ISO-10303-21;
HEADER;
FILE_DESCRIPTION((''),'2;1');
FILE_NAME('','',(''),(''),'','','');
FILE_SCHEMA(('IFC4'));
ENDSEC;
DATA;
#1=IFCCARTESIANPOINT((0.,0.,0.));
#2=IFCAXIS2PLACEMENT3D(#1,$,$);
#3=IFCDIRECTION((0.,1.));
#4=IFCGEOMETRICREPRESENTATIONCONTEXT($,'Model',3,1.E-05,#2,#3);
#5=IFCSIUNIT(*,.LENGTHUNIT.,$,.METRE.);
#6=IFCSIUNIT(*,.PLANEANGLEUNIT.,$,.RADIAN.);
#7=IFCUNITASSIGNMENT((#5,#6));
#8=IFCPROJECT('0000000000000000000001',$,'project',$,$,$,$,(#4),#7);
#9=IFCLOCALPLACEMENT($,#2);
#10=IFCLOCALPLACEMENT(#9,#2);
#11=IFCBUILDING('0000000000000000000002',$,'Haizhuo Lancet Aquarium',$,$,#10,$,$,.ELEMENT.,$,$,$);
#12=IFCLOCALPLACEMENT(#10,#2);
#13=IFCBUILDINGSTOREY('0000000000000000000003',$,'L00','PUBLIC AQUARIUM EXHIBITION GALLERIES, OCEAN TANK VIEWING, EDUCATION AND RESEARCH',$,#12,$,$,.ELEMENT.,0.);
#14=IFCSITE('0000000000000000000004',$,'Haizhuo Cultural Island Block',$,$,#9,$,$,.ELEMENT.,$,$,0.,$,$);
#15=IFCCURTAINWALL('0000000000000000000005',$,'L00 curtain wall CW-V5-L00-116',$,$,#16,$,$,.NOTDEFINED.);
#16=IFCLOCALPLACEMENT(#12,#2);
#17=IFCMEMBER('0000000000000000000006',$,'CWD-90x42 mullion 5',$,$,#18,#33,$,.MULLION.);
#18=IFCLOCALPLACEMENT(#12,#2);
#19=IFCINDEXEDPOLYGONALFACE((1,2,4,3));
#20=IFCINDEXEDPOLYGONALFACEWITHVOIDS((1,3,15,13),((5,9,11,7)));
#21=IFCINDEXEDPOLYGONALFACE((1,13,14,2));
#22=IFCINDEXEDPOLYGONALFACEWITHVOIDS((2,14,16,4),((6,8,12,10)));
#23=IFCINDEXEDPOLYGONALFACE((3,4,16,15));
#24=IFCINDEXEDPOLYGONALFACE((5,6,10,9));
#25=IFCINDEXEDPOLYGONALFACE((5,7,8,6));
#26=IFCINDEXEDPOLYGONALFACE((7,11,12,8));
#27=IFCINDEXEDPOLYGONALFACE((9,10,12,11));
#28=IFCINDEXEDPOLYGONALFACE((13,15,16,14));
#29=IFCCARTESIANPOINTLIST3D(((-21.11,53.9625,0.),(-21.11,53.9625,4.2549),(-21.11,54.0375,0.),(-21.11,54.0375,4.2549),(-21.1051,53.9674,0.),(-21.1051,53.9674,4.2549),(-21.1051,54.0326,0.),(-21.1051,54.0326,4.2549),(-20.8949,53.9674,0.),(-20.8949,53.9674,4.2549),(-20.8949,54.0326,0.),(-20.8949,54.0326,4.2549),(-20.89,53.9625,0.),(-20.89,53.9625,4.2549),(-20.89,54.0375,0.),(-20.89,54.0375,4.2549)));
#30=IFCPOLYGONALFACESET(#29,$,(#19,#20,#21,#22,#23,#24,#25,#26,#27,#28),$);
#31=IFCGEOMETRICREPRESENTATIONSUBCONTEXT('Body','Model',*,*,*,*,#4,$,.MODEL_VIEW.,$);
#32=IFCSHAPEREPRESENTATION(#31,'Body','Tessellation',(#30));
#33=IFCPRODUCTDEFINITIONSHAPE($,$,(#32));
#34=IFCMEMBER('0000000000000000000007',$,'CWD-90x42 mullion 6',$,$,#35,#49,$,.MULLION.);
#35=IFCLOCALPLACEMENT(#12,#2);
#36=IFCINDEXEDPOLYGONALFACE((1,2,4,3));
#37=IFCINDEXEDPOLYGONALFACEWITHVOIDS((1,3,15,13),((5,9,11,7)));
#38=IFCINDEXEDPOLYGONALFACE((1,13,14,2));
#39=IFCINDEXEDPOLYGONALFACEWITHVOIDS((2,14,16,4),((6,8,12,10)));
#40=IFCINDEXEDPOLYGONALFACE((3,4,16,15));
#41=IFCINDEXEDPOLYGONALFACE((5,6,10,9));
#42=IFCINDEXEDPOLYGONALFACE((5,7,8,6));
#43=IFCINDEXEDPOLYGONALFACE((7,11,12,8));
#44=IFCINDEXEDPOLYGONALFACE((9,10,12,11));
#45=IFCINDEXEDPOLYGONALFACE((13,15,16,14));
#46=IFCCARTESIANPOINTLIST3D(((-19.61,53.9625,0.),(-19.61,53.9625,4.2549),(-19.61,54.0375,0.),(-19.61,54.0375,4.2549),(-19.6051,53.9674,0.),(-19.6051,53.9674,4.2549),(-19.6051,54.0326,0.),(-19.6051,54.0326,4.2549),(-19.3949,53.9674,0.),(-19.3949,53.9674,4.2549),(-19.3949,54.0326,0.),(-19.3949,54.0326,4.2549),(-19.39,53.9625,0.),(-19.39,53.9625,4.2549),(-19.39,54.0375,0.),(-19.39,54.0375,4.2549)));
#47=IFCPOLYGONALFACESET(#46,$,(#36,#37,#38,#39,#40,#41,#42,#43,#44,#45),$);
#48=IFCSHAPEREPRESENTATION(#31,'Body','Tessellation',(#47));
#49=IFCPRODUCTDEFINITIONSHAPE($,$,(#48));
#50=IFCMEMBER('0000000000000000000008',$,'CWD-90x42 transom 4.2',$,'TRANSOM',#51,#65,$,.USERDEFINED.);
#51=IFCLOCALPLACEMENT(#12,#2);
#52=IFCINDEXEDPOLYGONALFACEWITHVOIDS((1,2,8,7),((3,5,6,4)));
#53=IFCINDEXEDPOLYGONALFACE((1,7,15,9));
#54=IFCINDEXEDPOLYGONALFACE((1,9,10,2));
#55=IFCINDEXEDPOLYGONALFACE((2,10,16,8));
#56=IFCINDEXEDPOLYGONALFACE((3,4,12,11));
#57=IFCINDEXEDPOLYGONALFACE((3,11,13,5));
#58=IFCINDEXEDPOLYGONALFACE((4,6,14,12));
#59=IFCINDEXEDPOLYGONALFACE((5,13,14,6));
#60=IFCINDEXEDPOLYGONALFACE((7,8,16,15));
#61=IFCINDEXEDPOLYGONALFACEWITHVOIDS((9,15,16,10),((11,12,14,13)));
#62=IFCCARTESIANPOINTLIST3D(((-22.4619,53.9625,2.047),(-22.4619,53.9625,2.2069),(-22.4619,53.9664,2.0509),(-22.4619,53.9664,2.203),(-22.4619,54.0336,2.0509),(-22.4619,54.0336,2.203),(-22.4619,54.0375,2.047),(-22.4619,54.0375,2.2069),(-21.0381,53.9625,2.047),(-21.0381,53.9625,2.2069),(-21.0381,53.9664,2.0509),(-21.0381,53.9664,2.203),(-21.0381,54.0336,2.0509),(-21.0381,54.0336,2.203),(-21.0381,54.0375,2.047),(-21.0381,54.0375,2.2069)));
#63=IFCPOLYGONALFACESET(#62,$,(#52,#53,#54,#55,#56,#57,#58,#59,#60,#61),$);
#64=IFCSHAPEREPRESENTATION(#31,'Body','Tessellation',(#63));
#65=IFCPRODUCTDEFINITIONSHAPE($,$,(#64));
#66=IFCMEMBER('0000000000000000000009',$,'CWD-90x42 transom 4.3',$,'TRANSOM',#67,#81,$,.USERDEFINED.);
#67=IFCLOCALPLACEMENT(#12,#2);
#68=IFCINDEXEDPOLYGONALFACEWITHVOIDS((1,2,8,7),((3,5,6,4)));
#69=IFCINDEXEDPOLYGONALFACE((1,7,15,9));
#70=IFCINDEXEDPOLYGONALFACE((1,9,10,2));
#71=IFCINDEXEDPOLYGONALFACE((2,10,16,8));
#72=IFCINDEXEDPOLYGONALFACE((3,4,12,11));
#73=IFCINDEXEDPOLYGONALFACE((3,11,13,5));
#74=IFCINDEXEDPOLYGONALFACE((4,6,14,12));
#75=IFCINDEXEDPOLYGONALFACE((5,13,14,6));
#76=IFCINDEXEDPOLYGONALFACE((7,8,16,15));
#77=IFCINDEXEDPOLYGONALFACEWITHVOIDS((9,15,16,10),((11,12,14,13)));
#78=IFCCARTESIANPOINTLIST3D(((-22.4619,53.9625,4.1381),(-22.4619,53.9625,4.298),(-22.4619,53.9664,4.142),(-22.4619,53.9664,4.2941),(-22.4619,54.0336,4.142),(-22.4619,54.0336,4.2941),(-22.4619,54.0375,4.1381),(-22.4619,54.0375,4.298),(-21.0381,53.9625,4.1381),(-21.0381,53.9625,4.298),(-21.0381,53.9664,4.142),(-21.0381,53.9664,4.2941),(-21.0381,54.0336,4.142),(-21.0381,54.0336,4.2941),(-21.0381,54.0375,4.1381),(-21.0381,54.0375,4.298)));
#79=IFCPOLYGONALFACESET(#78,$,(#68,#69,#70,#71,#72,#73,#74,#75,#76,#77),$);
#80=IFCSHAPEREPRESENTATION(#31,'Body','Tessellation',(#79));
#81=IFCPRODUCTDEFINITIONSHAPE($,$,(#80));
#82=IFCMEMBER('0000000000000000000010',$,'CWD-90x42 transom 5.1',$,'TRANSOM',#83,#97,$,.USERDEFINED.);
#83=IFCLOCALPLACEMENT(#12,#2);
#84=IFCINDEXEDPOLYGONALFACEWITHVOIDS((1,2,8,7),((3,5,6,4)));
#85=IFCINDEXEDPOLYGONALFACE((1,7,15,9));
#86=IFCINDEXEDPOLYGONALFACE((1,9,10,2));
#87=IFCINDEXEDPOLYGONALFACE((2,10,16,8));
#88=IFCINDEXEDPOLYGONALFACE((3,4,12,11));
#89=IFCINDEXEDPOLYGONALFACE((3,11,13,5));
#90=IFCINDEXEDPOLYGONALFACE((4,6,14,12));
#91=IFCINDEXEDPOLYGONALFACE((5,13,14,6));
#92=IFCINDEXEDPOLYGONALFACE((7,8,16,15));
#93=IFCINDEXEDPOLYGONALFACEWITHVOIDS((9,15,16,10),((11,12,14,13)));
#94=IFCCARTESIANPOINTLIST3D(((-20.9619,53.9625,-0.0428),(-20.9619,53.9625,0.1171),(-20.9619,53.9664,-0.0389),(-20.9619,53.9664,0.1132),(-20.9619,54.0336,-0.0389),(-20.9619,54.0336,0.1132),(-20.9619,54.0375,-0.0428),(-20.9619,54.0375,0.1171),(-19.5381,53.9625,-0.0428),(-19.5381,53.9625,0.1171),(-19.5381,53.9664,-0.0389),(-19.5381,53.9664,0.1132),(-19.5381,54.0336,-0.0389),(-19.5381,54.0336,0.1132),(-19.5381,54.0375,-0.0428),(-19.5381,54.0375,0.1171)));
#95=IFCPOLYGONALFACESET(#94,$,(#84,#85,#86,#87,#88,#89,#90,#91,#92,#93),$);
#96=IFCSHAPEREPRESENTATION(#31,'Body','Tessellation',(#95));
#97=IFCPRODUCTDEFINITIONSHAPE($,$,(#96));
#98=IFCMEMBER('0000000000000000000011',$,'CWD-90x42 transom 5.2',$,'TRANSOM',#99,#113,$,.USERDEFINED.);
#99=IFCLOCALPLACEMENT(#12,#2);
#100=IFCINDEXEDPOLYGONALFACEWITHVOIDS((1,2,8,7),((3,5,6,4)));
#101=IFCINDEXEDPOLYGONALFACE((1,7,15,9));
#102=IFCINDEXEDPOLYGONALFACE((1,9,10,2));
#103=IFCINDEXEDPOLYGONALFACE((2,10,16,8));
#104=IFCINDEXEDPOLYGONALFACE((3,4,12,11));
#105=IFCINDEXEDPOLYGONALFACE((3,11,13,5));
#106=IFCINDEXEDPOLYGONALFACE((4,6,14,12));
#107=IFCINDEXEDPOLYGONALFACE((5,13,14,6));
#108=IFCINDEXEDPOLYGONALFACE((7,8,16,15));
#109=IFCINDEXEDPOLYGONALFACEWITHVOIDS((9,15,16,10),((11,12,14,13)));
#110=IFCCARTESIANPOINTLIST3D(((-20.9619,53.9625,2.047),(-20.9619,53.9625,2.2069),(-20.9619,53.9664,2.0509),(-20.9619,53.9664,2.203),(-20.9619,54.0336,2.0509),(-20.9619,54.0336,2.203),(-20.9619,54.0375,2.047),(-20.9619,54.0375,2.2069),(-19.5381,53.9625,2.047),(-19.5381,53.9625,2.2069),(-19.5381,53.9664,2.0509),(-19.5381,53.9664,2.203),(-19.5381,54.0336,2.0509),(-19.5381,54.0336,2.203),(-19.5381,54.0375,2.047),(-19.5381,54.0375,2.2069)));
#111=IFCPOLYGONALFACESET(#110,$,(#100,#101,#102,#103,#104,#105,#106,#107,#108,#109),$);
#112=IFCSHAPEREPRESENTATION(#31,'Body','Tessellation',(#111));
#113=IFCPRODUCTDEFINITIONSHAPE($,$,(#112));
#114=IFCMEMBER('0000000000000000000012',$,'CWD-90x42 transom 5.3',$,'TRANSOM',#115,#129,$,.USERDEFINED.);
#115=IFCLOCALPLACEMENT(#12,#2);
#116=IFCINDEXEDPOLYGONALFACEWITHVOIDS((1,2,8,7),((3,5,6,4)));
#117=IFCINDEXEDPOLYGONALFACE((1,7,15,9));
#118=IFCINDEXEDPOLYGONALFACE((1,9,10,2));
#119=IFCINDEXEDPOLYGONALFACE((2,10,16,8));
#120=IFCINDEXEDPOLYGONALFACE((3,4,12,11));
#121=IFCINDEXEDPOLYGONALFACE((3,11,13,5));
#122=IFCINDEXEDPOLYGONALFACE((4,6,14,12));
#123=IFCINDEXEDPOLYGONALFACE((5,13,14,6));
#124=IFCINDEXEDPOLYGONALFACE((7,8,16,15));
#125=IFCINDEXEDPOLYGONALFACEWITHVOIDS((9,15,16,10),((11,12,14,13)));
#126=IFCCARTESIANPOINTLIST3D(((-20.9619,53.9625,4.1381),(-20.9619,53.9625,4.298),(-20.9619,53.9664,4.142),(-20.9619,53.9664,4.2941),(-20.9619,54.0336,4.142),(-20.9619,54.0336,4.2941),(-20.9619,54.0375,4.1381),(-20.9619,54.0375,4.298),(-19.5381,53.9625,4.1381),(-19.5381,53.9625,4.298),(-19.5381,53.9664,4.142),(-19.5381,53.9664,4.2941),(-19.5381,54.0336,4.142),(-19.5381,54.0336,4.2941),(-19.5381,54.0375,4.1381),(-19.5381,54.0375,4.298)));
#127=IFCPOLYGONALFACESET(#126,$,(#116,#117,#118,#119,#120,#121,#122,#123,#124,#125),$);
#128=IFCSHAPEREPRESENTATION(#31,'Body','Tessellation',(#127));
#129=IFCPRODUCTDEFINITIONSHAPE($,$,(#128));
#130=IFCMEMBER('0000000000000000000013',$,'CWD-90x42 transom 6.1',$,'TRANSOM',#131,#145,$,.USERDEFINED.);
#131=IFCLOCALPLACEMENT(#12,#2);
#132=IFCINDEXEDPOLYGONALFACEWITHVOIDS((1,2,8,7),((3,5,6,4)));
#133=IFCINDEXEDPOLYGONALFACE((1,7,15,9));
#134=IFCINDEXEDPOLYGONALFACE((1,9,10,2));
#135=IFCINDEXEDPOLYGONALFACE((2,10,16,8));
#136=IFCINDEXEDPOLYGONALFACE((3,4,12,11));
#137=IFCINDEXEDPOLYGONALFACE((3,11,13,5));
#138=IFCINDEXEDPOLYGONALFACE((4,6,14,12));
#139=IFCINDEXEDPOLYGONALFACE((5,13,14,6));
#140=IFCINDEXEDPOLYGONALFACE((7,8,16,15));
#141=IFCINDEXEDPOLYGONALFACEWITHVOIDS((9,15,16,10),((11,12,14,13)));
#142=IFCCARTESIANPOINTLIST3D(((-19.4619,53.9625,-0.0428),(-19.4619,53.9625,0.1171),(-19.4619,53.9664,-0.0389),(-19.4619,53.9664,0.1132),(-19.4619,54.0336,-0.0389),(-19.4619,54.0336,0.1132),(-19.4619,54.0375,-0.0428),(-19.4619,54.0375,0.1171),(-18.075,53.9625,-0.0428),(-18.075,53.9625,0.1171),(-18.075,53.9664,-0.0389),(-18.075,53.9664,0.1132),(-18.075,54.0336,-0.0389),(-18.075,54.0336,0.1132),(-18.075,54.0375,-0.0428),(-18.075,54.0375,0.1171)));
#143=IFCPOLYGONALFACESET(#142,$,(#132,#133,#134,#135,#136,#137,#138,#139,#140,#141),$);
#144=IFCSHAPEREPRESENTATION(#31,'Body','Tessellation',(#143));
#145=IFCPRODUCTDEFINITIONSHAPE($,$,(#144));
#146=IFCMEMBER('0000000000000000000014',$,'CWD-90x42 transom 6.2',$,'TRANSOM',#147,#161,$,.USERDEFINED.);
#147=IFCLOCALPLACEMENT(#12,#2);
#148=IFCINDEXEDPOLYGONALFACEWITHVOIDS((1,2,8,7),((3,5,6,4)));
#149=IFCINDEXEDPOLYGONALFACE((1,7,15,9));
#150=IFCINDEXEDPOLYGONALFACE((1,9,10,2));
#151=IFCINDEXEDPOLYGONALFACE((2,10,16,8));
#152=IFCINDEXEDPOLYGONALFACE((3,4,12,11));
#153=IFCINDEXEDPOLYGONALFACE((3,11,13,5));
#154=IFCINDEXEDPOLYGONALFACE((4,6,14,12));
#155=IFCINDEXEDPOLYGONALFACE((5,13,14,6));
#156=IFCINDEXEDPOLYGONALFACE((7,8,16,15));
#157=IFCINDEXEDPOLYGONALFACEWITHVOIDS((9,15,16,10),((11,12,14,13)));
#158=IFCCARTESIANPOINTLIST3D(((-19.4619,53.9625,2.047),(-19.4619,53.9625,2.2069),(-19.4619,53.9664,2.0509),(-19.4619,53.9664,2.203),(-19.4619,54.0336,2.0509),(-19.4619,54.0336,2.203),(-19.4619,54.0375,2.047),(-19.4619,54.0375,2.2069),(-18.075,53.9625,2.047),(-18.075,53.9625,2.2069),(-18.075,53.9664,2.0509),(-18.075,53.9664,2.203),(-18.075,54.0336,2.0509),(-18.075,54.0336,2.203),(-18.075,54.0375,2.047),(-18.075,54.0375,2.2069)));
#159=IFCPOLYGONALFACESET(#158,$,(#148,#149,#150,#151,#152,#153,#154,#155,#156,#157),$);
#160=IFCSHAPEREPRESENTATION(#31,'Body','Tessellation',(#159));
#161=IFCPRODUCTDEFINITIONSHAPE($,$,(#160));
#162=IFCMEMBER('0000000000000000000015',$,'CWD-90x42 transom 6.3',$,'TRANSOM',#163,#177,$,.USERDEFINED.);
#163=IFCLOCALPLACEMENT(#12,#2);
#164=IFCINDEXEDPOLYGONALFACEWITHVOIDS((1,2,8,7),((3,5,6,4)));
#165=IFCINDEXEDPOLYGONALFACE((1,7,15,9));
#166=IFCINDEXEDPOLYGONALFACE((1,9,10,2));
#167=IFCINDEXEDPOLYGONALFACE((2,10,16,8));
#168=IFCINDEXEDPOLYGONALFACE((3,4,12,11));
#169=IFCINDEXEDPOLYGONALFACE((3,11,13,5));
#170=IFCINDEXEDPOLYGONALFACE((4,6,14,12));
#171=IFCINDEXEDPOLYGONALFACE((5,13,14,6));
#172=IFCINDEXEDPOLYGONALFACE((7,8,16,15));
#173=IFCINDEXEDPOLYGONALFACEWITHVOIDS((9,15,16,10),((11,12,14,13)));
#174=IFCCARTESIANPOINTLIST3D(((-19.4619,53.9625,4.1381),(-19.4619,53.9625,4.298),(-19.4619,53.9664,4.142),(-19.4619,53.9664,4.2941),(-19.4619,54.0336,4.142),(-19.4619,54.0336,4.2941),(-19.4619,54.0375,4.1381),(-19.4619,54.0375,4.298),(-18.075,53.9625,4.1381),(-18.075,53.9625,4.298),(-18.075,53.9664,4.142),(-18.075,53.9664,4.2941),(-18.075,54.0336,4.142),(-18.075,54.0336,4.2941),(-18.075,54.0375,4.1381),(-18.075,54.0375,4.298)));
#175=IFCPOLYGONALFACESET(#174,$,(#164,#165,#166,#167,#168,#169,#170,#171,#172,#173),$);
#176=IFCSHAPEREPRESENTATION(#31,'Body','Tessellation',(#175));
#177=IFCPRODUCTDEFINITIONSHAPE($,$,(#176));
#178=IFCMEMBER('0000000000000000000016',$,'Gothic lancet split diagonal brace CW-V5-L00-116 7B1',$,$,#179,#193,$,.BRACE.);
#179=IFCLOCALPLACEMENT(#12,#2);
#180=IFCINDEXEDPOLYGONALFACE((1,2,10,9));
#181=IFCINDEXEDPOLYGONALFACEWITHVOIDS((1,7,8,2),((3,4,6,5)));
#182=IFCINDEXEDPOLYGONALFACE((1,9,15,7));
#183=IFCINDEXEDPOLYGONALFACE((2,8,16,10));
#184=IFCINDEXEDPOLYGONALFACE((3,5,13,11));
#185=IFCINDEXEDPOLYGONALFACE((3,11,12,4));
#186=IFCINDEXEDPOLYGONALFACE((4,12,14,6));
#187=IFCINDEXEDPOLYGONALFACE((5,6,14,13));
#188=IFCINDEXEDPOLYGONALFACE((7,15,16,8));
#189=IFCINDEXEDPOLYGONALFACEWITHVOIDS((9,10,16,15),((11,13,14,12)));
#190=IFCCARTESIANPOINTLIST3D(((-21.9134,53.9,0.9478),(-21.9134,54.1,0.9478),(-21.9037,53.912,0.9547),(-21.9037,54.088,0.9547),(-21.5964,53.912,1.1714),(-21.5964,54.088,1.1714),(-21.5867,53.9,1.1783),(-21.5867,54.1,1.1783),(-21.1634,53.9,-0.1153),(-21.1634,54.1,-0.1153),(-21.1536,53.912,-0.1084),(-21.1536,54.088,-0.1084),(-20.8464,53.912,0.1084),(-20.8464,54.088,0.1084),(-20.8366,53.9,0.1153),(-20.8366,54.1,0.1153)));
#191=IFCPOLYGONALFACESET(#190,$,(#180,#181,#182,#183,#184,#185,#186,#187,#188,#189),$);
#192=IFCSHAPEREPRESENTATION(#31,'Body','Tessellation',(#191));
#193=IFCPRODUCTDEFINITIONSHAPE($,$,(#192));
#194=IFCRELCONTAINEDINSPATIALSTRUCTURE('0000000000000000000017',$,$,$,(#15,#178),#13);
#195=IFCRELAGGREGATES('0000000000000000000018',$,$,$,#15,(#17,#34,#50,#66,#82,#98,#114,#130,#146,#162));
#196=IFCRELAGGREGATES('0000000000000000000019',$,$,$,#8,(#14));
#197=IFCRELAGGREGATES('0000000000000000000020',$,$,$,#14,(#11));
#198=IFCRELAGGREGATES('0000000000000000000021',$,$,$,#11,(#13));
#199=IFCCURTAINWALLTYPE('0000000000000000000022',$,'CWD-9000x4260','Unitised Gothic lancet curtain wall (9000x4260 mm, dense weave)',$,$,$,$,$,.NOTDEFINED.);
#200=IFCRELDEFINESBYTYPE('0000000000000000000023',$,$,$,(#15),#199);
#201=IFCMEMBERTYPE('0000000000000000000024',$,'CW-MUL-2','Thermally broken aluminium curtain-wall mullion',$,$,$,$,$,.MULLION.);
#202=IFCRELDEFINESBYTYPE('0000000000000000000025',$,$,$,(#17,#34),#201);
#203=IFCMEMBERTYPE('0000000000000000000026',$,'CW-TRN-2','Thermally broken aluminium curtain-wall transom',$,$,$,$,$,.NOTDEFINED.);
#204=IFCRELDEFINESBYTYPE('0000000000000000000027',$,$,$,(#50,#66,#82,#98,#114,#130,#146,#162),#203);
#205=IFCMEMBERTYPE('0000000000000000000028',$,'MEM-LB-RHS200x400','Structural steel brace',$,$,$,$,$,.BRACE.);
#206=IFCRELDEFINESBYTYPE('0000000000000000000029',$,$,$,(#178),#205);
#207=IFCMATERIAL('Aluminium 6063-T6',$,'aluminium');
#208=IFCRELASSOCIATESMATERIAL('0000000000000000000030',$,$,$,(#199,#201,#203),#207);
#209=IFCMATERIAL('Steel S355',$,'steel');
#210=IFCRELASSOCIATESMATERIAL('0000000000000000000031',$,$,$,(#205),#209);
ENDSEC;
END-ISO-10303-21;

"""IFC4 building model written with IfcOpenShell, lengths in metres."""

from ifc_helpers import new_model, si_unit, direction, frame, origin, origin_2d, place, context, subcontext, project, spatial, hollow_rectangle, extrude, material, material_profile, profile_set, type_object, element, aggregate, save


model = new_model("IFC4")

# Units and contexts
model_context = context("Model", 3, precision=1e-05, world=origin(), true_north=direction((0.0, 1.0)))
body_context = subcontext(model_context, "Body", "Model", "MODEL_VIEW")
ifc_project = project(units=[si_unit("LENGTHUNIT", "METRE"), si_unit("PLANEANGLEUNIT", "RADIAN")], contexts=[model_context])

# Site, building, storey
site_placement = place(None, origin())
site = spatial("IfcSite", under=ifc_project, at=site_placement, Name="Haizhuo Cultural Island Block", CompositionType="ELEMENT", RefElevation=0.0)
building_placement = place(site_placement, origin())
building = spatial("IfcBuilding", under=site, at=building_placement, Name="Haizhuo Lancet Aquarium", CompositionType="ELEMENT")
storey_placement = place(building_placement, origin())
storey = spatial("IfcBuildingStorey", under=building, at=storey_placement, Name="L00", Description="PUBLIC AQUARIUM EXHIBITION GALLERIES, OCEAN TANK VIEWING, EDUCATION AND RESEARCH", CompositionType="ELEMENT", Elevation=0.0)

# Curtain wall, members
ifc_material_1 = material(Name="Aluminium 6063-T6", Category="aluminium")
curtain_wall_type = type_object("IfcCurtainWallType", Name="CWD-9000x4260", Description="Unitised Gothic lancet curtain wall (9000x4260 mm, dense weave)", PredefinedType="NOTDEFINED", material=ifc_material_1)
curtain_wall_placement = place(storey_placement, origin())
curtain_wall = element("IfcCurtainWall", 1, at=curtain_wall_placement, inside=storey, type_object=curtain_wall_type, Name="L00 curtain wall CW-V5-L00-116", PredefinedType="NOTDEFINED")
ifc_material_profile_1 = material_profile(ifc_material_1, hollow_rectangle(XDim=0.075, YDim=0.22, WallThickness=0.0049, at=origin_2d()), Name="ALU-M 75x220x5")
ifc_profile_set_1 = profile_set([ifc_material_profile_1], Name="Aluminium 6063-T6")
member_type_1 = type_object("IfcMemberType", Name="CW-MUL-2", Description="Thermally broken aluminium curtain-wall mullion", PredefinedType="MULLION", material=ifc_profile_set_1)
member_1_placement = place(storey_placement, frame((-21.0, 54.0, 0.0), z_axis=(0.0, 0.0, 1.0), x_axis=(0.0, 1.0, 0.0)))
member_1 = element("IfcMember", 2, at=member_1_placement, type_object=member_type_1, Name="CWD-90x42 mullion 5", PredefinedType="MULLION", context=body_context, shape_type="SweptSolid", body=[
    extrude(hollow_rectangle(XDim=0.075, YDim=0.22, WallThickness=0.0049, at=origin_2d()), origin(), (0.0, 0.0, 1.0), 4.2549),
])
member_2_placement = place(storey_placement, frame((-19.5, 54.0, 0.0), z_axis=(0.0, 0.0, 1.0), x_axis=(0.0, 1.0, 0.0)))
member_2 = element("IfcMember", 3, at=member_2_placement, type_object=member_type_1, Name="CWD-90x42 mullion 6", PredefinedType="MULLION", context=body_context, shape_type="SweptSolid", body=[
    extrude(hollow_rectangle(XDim=0.075, YDim=0.22, WallThickness=0.0049, at=origin_2d()), origin(), (0.0, 0.0, 1.0), 4.2549),
])
ifc_material_profile_2 = material_profile(ifc_material_1, hollow_rectangle(XDim=0.075, YDim=0.1599, WallThickness=0.0039, at=origin_2d()), Name="ALU-T 75x160x4")
ifc_profile_set_2 = profile_set([ifc_material_profile_2], Name="Aluminium 6063-T6")
member_type_2 = type_object("IfcMemberType", Name="CW-TRN-2", Description="Thermally broken aluminium curtain-wall transom", PredefinedType="NOTDEFINED", material=ifc_profile_set_2)
member_3_placement = place(storey_placement, frame((-22.4619, 54.0, 2.127), z_axis=(1.0, 0.0, 0.0), x_axis=(0.0, 1.0, 0.0)))
member_3 = element("IfcMember", 4, at=member_3_placement, type_object=member_type_2, Name="CWD-90x42 transom 4.2", ObjectType="TRANSOM", PredefinedType="USERDEFINED", context=body_context, shape_type="SweptSolid", body=[
    extrude(hollow_rectangle(XDim=0.075, YDim=0.1599, WallThickness=0.0039, at=origin_2d()), origin(), (0.0, 0.0, 1.0), 1.4238),
])
member_4_placement = place(storey_placement, frame((-22.4619, 54.0, 4.218), z_axis=(1.0, 0.0, 0.0), x_axis=(0.0, 1.0, 0.0)))
member_4 = element("IfcMember", 5, at=member_4_placement, type_object=member_type_2, Name="CWD-90x42 transom 4.3", ObjectType="TRANSOM", PredefinedType="USERDEFINED", context=body_context, shape_type="SweptSolid", body=[
    extrude(hollow_rectangle(XDim=0.075, YDim=0.1599, WallThickness=0.0039, at=origin_2d()), origin(), (0.0, 0.0, 1.0), 1.4238),
])
member_5_placement = place(storey_placement, frame((-20.9619, 54.0, 0.0371), z_axis=(1.0, 0.0, 0.0), x_axis=(0.0, 1.0, 0.0)))
member_5 = element("IfcMember", 6, at=member_5_placement, type_object=member_type_2, Name="CWD-90x42 transom 5.1", ObjectType="TRANSOM", PredefinedType="USERDEFINED", context=body_context, shape_type="SweptSolid", body=[
    extrude(hollow_rectangle(XDim=0.075, YDim=0.1599, WallThickness=0.0039, at=origin_2d()), origin(), (0.0, 0.0, 1.0), 1.4238),
])
member_6_placement = place(storey_placement, frame((-20.9619, 54.0, 2.127), z_axis=(1.0, 0.0, 0.0), x_axis=(0.0, 1.0, 0.0)))
member_6 = element("IfcMember", 7, at=member_6_placement, type_object=member_type_2, Name="CWD-90x42 transom 5.2", ObjectType="TRANSOM", PredefinedType="USERDEFINED", context=body_context, shape_type="SweptSolid", body=[
    extrude(hollow_rectangle(XDim=0.075, YDim=0.1599, WallThickness=0.0039, at=origin_2d()), origin(), (0.0, 0.0, 1.0), 1.4238),
])
member_7_placement = place(storey_placement, frame((-20.9619, 54.0, 4.218), z_axis=(1.0, 0.0, 0.0), x_axis=(0.0, 1.0, 0.0)))
member_7 = element("IfcMember", 8, at=member_7_placement, type_object=member_type_2, Name="CWD-90x42 transom 5.3", ObjectType="TRANSOM", PredefinedType="USERDEFINED", context=body_context, shape_type="SweptSolid", body=[
    extrude(hollow_rectangle(XDim=0.075, YDim=0.1599, WallThickness=0.0039, at=origin_2d()), origin(), (0.0, 0.0, 1.0), 1.4238),
])
member_8_placement = place(storey_placement, frame((-19.4619, 54.0, 0.0371), z_axis=(1.0, 0.0, 0.0), x_axis=(0.0, 1.0, 0.0)))
member_8 = element("IfcMember", 9, at=member_8_placement, type_object=member_type_2, Name="CWD-90x42 transom 6.1", ObjectType="TRANSOM", PredefinedType="USERDEFINED", context=body_context, shape_type="SweptSolid", body=[
    extrude(hollow_rectangle(XDim=0.075, YDim=0.1599, WallThickness=0.0039, at=origin_2d()), origin(), (0.0, 0.0, 1.0), 1.387),
])
member_9_placement = place(storey_placement, frame((-19.4619, 54.0, 2.127), z_axis=(1.0, 0.0, 0.0), x_axis=(0.0, 1.0, 0.0)))
member_9 = element("IfcMember", 10, at=member_9_placement, type_object=member_type_2, Name="CWD-90x42 transom 6.2", ObjectType="TRANSOM", PredefinedType="USERDEFINED", context=body_context, shape_type="SweptSolid", body=[
    extrude(hollow_rectangle(XDim=0.075, YDim=0.1599, WallThickness=0.0039, at=origin_2d()), origin(), (0.0, 0.0, 1.0), 1.387),
])
member_10_placement = place(storey_placement, frame((-19.4619, 54.0, 4.218), z_axis=(1.0, 0.0, 0.0), x_axis=(0.0, 1.0, 0.0)))
member_10 = element("IfcMember", 11, at=member_10_placement, type_object=member_type_2, Name="CWD-90x42 transom 6.3", ObjectType="TRANSOM", PredefinedType="USERDEFINED", context=body_context, shape_type="SweptSolid", body=[
    extrude(hollow_rectangle(XDim=0.075, YDim=0.1599, WallThickness=0.0039, at=origin_2d()), origin(), (0.0, 0.0, 1.0), 1.387),
])

# Member
ifc_material_2 = material(Name="Steel S355", Category="steel")
ifc_material_profile_3 = material_profile(ifc_material_2, hollow_rectangle(XDim=0.2, YDim=0.3999, WallThickness=0.012, at=origin_2d()), Name="RHS 200x400x12")
ifc_profile_set_3 = profile_set([ifc_material_profile_3], Name="Steel S355")
member_type_3 = type_object("IfcMemberType", Name="MEM-LB-RHS200x400", Description="Structural steel brace", PredefinedType="BRACE", material=ifc_profile_set_3)
member_11_placement = place(storey_placement, frame((-21.0, 54.0, 0.0), z_axis=(-0.576506, 0.0, 0.817093), x_axis=(0.0, -1.0, 0.0)))
element("IfcMember", 12, at=member_11_placement, inside=storey, type_object=member_type_3, Name="Gothic lancet split diagonal brace CW-V5-L00-116 7B1", PredefinedType="BRACE", context=body_context, shape_type="SweptSolid", body=[
    extrude(hollow_rectangle(XDim=0.2, YDim=0.3999, WallThickness=0.012, at=origin_2d()), origin(), (0.0, 0.0, 1.0), 1.301),
])

aggregate(curtain_wall, [member_1, member_2, member_3, member_4, member_5, member_6, member_7, member_8, member_9, member_10])

save(model, "model.ifc")
